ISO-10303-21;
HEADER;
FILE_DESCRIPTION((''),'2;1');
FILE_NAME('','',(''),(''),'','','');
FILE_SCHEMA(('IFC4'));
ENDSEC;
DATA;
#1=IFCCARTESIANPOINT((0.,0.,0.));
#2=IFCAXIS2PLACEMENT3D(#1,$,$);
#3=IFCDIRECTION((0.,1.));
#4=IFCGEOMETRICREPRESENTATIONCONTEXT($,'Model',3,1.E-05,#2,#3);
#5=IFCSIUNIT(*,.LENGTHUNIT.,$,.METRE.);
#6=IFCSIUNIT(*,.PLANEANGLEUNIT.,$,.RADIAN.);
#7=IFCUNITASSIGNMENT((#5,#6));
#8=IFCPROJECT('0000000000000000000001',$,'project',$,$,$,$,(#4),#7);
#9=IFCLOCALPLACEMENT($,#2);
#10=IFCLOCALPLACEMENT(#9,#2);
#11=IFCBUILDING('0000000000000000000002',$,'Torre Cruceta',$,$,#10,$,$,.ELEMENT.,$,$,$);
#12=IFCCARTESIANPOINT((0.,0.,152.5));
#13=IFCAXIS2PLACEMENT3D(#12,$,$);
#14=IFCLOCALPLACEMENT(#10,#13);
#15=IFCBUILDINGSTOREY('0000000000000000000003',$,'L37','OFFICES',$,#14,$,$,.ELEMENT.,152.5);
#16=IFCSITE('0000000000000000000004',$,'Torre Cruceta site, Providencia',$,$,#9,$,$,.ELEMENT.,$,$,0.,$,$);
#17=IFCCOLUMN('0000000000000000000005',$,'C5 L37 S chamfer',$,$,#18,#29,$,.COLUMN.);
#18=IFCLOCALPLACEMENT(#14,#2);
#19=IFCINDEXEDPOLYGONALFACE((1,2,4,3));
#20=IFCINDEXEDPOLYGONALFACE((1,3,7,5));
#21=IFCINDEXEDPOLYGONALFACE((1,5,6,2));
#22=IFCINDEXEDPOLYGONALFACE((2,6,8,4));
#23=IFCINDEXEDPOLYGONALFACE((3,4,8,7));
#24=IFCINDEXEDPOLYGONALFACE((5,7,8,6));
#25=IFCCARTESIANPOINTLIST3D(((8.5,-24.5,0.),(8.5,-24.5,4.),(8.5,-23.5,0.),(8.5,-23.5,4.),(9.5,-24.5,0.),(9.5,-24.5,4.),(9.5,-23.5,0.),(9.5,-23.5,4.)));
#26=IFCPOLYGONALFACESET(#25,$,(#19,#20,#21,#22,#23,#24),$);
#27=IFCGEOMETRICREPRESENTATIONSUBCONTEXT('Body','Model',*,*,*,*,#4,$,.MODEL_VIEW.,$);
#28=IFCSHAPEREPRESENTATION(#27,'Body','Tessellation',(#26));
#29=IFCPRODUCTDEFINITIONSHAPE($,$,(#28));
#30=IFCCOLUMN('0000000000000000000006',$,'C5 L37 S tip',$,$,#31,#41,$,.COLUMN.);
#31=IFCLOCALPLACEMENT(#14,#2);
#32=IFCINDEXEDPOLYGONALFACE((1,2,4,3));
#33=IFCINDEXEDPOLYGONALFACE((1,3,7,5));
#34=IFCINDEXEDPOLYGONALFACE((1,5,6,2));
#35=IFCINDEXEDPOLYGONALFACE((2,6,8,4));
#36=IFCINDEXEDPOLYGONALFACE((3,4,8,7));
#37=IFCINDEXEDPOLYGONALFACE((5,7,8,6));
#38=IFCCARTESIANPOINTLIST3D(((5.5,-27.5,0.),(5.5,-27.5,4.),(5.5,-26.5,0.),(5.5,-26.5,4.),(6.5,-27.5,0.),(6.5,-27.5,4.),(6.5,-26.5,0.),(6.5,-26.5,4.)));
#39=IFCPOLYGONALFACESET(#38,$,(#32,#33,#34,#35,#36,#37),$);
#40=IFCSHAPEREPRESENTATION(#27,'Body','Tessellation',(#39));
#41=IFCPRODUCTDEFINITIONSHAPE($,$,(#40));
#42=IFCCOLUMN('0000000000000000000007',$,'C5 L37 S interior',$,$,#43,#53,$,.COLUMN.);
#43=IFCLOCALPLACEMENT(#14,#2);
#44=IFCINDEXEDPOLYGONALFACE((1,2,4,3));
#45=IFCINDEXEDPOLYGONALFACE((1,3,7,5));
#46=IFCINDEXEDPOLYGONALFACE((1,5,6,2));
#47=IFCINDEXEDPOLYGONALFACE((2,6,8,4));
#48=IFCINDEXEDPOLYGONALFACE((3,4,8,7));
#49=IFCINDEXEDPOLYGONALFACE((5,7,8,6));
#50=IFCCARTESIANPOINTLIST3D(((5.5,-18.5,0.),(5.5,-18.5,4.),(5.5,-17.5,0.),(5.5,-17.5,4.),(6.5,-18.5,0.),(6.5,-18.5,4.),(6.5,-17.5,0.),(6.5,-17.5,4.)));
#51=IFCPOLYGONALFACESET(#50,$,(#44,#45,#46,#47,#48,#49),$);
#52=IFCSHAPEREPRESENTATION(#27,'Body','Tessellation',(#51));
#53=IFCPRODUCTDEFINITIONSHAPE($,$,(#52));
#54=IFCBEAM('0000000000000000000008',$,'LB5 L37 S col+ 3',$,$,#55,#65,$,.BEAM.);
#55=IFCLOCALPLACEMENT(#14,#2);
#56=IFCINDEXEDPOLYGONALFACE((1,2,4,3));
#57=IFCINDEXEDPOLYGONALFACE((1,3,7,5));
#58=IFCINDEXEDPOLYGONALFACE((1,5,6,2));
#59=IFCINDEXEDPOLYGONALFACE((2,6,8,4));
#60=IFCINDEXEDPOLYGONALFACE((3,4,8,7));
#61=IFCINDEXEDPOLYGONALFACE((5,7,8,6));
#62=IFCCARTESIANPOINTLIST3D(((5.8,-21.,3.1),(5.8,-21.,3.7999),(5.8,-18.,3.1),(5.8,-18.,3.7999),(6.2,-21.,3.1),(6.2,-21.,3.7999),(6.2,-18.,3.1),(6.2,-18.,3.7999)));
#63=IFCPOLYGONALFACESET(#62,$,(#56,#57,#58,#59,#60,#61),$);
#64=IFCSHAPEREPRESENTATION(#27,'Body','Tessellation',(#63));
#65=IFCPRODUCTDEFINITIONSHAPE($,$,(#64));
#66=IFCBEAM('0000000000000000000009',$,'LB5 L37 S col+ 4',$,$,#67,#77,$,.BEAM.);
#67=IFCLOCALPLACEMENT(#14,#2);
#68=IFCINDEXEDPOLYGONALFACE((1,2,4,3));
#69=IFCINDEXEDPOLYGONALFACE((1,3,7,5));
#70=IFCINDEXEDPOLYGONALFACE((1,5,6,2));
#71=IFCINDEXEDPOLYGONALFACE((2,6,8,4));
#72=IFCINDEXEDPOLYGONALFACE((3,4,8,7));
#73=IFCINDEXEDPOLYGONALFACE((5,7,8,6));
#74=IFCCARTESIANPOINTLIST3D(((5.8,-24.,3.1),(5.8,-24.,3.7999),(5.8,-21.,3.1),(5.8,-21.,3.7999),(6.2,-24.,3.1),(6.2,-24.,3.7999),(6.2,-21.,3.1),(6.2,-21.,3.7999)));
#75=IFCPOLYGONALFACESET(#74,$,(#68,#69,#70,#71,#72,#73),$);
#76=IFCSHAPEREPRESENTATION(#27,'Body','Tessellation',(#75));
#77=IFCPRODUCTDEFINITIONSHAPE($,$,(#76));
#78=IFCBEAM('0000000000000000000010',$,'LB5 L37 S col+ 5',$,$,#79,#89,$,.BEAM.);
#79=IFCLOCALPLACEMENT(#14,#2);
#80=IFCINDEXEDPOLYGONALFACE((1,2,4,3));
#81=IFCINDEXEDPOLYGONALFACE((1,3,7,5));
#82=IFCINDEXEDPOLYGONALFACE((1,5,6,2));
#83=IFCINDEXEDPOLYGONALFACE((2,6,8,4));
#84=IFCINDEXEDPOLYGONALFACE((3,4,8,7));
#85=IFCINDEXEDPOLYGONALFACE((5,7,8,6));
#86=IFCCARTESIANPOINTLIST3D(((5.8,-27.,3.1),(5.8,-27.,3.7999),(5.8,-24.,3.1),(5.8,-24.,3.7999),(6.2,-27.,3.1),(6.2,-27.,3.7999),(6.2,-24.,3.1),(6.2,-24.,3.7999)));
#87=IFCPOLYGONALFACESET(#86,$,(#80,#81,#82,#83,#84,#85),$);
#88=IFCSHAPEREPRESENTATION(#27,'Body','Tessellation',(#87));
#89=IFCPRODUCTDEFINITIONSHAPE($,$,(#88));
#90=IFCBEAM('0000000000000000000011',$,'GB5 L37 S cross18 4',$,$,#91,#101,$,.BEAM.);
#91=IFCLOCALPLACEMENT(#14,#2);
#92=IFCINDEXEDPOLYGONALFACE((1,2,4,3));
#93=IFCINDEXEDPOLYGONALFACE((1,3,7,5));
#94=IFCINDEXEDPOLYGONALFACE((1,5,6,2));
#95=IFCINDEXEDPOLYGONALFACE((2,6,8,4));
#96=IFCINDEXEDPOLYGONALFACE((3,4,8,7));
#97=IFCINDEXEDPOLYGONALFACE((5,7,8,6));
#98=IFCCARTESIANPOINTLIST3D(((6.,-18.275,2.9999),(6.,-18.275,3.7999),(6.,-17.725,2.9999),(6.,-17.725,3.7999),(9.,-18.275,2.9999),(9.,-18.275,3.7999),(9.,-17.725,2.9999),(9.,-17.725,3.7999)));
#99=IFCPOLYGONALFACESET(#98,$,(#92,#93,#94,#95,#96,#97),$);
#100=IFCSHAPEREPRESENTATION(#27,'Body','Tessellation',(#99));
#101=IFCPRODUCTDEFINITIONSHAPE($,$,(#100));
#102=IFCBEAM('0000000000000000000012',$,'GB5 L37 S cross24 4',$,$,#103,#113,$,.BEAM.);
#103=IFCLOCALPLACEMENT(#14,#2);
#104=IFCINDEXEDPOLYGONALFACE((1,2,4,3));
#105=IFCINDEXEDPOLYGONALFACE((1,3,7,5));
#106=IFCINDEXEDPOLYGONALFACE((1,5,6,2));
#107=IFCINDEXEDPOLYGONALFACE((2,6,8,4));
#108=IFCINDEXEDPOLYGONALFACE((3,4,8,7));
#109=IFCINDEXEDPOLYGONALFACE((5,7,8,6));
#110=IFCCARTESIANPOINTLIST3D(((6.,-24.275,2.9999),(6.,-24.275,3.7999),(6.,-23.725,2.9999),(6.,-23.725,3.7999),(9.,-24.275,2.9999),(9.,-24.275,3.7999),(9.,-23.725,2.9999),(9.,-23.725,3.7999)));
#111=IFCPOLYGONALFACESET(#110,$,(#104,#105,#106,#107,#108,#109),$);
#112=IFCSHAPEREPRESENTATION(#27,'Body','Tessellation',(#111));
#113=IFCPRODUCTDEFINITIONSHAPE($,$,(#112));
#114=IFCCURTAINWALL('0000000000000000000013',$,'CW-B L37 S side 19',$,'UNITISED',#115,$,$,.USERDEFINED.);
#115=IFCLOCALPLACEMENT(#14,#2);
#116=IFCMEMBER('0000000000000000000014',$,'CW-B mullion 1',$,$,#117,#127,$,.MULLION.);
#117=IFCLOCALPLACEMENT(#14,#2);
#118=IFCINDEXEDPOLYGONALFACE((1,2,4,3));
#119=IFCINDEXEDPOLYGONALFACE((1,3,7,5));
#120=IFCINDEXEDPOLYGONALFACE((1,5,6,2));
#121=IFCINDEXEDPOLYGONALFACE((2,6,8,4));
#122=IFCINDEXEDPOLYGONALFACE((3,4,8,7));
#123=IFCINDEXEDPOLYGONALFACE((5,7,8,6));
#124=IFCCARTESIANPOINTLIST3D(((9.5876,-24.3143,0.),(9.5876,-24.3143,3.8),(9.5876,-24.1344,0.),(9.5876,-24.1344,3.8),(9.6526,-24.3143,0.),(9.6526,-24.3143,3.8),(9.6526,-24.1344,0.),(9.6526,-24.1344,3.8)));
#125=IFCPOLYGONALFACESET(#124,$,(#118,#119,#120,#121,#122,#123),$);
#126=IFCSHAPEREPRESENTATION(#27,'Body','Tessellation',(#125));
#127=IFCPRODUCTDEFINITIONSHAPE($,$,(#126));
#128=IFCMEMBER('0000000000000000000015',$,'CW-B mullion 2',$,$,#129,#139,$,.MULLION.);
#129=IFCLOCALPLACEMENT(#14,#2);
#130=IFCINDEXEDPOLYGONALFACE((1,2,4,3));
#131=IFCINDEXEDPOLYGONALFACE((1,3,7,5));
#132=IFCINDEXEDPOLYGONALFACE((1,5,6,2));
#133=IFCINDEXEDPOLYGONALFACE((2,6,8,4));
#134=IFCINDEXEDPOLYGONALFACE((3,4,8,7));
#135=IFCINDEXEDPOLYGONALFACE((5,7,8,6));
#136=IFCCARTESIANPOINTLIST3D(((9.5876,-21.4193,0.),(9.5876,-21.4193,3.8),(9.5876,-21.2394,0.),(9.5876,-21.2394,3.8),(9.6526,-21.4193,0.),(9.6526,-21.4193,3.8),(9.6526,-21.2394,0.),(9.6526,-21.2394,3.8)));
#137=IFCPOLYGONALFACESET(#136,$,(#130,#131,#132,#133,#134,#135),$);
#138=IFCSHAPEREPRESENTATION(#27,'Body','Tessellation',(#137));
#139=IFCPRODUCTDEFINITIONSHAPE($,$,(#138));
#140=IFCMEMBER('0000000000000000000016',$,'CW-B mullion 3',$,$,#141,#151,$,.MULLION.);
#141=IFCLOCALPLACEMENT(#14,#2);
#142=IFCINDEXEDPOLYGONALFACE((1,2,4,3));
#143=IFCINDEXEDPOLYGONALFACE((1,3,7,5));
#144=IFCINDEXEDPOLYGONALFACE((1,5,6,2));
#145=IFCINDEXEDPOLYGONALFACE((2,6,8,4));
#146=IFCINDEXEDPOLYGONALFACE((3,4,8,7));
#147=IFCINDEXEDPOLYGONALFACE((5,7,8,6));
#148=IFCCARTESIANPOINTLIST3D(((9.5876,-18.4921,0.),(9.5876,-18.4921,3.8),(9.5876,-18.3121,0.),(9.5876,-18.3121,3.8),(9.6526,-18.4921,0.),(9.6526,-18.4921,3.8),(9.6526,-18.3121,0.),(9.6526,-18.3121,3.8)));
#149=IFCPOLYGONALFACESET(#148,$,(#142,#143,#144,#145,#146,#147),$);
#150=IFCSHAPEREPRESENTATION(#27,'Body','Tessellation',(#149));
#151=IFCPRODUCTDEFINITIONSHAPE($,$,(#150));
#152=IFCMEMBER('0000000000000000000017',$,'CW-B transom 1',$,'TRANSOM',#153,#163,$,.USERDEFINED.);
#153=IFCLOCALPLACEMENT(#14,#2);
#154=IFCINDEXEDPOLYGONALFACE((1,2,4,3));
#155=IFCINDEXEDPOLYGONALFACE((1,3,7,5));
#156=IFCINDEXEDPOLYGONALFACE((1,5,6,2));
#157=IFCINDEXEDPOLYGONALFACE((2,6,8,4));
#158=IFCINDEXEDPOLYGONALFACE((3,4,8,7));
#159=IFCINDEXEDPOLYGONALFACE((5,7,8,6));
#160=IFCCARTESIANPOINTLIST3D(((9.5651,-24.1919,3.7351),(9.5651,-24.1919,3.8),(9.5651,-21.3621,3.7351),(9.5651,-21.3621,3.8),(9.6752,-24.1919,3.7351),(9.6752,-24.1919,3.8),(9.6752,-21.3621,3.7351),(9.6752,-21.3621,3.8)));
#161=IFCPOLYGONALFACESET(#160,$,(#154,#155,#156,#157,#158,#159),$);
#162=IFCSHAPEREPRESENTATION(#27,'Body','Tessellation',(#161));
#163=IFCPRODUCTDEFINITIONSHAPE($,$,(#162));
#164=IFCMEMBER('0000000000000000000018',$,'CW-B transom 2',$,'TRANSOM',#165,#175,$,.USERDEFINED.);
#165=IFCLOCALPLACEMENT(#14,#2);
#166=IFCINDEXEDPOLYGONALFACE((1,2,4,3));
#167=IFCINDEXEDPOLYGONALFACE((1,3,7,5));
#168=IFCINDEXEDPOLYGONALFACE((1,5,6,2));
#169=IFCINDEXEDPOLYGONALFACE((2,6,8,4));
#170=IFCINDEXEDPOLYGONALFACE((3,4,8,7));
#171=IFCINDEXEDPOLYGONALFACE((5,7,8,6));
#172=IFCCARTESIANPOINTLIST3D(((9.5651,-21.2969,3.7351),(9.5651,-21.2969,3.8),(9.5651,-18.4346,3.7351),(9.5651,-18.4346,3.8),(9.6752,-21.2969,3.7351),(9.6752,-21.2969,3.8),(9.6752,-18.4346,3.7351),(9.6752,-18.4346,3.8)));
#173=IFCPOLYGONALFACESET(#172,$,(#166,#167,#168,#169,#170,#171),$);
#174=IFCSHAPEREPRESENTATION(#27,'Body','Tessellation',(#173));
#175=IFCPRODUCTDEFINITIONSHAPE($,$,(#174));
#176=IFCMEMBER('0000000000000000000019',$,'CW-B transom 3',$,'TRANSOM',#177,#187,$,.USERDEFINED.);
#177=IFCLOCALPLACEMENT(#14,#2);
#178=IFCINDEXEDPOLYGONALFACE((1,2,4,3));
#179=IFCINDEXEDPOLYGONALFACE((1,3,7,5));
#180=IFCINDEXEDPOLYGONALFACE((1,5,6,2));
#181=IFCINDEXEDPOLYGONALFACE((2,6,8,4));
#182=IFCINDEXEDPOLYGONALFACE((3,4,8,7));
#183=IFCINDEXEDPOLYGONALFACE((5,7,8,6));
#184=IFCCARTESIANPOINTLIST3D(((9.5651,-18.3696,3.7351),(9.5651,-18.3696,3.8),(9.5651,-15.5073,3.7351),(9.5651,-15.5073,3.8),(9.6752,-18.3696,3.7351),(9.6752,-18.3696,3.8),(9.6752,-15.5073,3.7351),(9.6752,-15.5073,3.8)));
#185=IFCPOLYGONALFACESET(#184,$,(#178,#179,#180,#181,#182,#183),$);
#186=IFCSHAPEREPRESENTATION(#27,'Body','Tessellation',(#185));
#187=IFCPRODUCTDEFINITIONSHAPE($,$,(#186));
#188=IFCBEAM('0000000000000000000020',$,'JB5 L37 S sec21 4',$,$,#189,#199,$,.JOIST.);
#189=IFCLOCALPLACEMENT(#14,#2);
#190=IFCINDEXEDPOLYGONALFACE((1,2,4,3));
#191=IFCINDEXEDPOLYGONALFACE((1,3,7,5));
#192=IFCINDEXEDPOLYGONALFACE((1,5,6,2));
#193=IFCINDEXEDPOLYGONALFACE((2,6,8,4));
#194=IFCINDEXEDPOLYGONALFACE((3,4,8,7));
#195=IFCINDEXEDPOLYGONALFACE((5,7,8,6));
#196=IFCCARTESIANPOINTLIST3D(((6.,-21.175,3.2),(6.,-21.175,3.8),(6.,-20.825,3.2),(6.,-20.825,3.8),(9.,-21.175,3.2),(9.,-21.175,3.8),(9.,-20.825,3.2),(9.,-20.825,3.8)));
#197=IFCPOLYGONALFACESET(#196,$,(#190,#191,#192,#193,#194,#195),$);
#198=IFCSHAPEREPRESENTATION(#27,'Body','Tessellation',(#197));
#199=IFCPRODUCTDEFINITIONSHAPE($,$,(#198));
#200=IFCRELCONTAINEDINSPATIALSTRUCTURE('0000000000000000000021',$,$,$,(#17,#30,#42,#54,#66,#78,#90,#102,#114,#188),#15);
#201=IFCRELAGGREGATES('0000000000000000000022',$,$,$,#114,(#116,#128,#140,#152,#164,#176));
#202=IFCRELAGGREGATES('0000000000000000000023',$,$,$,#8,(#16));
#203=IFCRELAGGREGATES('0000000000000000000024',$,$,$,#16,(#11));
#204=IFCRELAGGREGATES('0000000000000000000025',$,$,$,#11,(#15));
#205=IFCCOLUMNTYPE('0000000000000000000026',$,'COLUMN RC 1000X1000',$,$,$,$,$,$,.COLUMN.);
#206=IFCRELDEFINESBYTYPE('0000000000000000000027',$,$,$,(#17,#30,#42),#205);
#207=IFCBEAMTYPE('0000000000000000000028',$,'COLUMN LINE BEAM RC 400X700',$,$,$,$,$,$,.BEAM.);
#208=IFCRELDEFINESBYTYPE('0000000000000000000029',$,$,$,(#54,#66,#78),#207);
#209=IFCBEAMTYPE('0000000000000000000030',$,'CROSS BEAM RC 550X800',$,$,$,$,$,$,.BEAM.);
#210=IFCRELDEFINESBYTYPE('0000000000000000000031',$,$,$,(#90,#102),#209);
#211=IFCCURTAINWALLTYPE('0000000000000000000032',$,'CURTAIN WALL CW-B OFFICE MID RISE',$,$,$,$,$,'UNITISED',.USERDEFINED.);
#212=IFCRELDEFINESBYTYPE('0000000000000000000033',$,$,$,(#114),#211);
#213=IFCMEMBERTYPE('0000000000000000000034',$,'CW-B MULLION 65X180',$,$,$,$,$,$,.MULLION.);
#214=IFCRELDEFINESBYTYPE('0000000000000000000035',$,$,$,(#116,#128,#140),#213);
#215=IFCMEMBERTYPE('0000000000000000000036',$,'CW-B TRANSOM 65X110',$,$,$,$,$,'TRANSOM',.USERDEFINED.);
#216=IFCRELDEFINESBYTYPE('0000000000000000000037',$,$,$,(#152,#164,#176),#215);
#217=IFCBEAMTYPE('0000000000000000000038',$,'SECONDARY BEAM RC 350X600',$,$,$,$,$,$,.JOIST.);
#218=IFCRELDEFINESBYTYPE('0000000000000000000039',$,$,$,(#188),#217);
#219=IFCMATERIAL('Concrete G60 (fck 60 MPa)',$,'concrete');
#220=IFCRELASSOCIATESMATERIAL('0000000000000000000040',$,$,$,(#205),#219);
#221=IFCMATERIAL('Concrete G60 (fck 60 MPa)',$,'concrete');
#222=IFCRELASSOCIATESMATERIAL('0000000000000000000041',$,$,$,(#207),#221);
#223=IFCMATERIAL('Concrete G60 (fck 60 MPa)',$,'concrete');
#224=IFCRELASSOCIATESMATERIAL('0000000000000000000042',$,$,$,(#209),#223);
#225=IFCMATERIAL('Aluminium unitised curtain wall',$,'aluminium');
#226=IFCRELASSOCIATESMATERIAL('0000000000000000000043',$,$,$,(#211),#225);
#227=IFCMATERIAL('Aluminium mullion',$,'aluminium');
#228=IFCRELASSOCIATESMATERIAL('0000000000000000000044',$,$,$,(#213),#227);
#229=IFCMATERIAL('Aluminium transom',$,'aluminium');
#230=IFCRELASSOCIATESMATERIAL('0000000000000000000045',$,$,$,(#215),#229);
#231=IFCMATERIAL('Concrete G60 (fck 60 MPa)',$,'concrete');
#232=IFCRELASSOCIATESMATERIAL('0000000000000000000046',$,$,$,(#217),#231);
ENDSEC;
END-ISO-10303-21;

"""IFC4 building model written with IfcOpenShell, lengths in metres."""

from ifc_helpers import new_model, si_unit, direction, frame, origin, origin_2d, place, context, subcontext, project, spatial, rectangle, extrude, material, material_profile, profile_set, type_object, element, aggregate, save


model = new_model("IFC4")

# Units and contexts
model_context = context("Model", 3, precision=1e-05, world=origin(), true_north=direction((0.0, 1.0)))
body_context = subcontext(model_context, "Body", "Model", "MODEL_VIEW")
ifc_project = project(units=[si_unit("LENGTHUNIT", "METRE"), si_unit("PLANEANGLEUNIT", "RADIAN")], contexts=[model_context])

# Site, building, storey
site_placement = place(None, origin())
site = spatial("IfcSite", under=ifc_project, at=site_placement, Name="Torre Cruceta site, Providencia", CompositionType="ELEMENT", RefElevation=0.0)
building_placement = place(site_placement, origin())
building = spatial("IfcBuilding", under=site, at=building_placement, Name="Torre Cruceta", CompositionType="ELEMENT")
storey_placement = place(building_placement, frame((0.0, 0.0, 152.5)))
storey = spatial("IfcBuildingStorey", under=building, at=storey_placement, Name="L37", Description="OFFICES", CompositionType="ELEMENT", Elevation=152.5)

# Columns
ifc_material_1 = material(Name="Concrete G60 (fck 60 MPa)", Category="concrete")
ifc_material_profile_1 = material_profile(ifc_material_1, rectangle(XDim=1.0, YDim=1.0, at=origin_2d()), Name="RC 1000X1000")
ifc_profile_set_1 = profile_set([ifc_material_profile_1], Name="Concrete G60 (fck 60 MPa)")
column_type = type_object("IfcColumnType", Name="COLUMN RC 1000X1000", PredefinedType="COLUMN", material=ifc_profile_set_1)
for number, where, z_axis, x_axis, name in (
    (1, (9.0, -24.0, 0.0), (0.0, 0.0, 1.0), (1.0, 0.0, 0.0), "C5 L37 S chamfer"),
    (2, (6.0, -27.0, 0.0), (0.0, 0.0, 1.0), (1.0, 0.0, 0.0), "C5 L37 S tip"),
    (3, (6.0, -18.0, 0.0), (0.0, 0.0, 1.0), (1.0, 0.0, 0.0), "C5 L37 S interior"),
):
    element("IfcColumn", number, at=place(storey_placement, frame(where, z_axis=z_axis, x_axis=x_axis)), inside=storey, type_object=column_type, Name=name, PredefinedType="COLUMN", context=body_context, shape_type="SweptSolid", body=[
        extrude(rectangle(XDim=1.0, YDim=1.0, at=origin_2d()), origin(), (0.0, 0.0, 1.0), 4.0),
    ])

# Beams
ifc_material_2 = material(Name="Concrete G60 (fck 60 MPa)", Category="concrete")
ifc_material_profile_2 = material_profile(ifc_material_2, rectangle(XDim=0.3999, YDim=0.7, at=origin_2d()), Name="RC 400X700")
ifc_profile_set_2 = profile_set([ifc_material_profile_2], Name="Concrete G60 (fck 60 MPa)")
beam_type_1 = type_object("IfcBeamType", Name="COLUMN LINE BEAM RC 400X700", PredefinedType="BEAM", material=ifc_profile_set_2)
for number, where, z_axis, x_axis, name in (
    (4, (6.0, -18.0, 3.45), (0.0, -1.0, 0.0), (1.0, 0.0, 0.0), "LB5 L37 S col+ 3"),
    (5, (6.0, -21.0, 3.45), (0.0, -1.0, 0.0), (1.0, 0.0, 0.0), "LB5 L37 S col+ 4"),
    (6, (6.0, -24.0, 3.45), (0.0, -1.0, 0.0), (1.0, 0.0, 0.0), "LB5 L37 S col+ 5"),
):
    element("IfcBeam", number, at=place(storey_placement, frame(where, z_axis=z_axis, x_axis=x_axis)), inside=storey, type_object=beam_type_1, Name=name, PredefinedType="BEAM", context=body_context, shape_type="SweptSolid", body=[
        extrude(rectangle(XDim=0.3999, YDim=0.7, at=origin_2d()), origin(), (0.0, 0.0, 1.0), 3.0),
    ])
ifc_material_3 = material(Name="Concrete G60 (fck 60 MPa)", Category="concrete")
ifc_material_profile_3 = material_profile(ifc_material_3, rectangle(XDim=0.55, YDim=0.8, at=origin_2d()), Name="RC 550X800")
ifc_profile_set_3 = profile_set([ifc_material_profile_3], Name="Concrete G60 (fck 60 MPa)")
beam_type_2 = type_object("IfcBeamType", Name="CROSS BEAM RC 550X800", PredefinedType="BEAM", material=ifc_profile_set_3)
for number, where, z_axis, x_axis, name in (
    (7, (6.0, -18.0, 3.3999), (1.0, 0.0, 0.0), (0.0, 1.0, 0.0), "GB5 L37 S cross18 4"),
    (8, (6.0, -24.0, 3.3999), (1.0, 0.0, 0.0), (0.0, 1.0, 0.0), "GB5 L37 S cross24 4"),
):
    element("IfcBeam", number, at=place(storey_placement, frame(where, z_axis=z_axis, x_axis=x_axis)), inside=storey, type_object=beam_type_2, Name=name, PredefinedType="BEAM", context=body_context, shape_type="SweptSolid", body=[
        extrude(rectangle(XDim=0.55, YDim=0.8, at=origin_2d()), origin(), (0.0, 0.0, 1.0), 3.0),
    ])

# Curtain wall, members
ifc_material_4 = material(Name="Aluminium unitised curtain wall", Category="aluminium")
curtain_wall_type = type_object("IfcCurtainWallType", Name="CURTAIN WALL CW-B OFFICE MID RISE", ElementType="UNITISED", PredefinedType="USERDEFINED", material=ifc_material_4)
curtain_wall_placement = place(storey_placement, origin())
curtain_wall = element("IfcCurtainWall", 9, at=curtain_wall_placement, inside=storey, type_object=curtain_wall_type, Name="CW-B L37 S side 19", ObjectType="UNITISED", PredefinedType="USERDEFINED")
ifc_material_5 = material(Name="Aluminium mullion", Category="aluminium")
ifc_material_profile_4 = material_profile(ifc_material_5, rectangle(XDim=0.0649, YDim=0.1799, at=origin_2d()), Name="AL 65X180")
ifc_profile_set_4 = profile_set([ifc_material_profile_4], Name="Aluminium mullion")
member_type_1 = type_object("IfcMemberType", Name="CW-B MULLION 65X180", PredefinedType="MULLION", material=ifc_profile_set_4)
member_1_placement = place(storey_placement, frame((9.6201, -24.2244, 0.0), z_axis=(0.0, 0.0, 1.0), x_axis=(-1.0, 0.0, 0.0)))
member_1 = element("IfcMember", 10, at=member_1_placement, type_object=member_type_1, Name="CW-B mullion 1", PredefinedType="MULLION", context=body_context, shape_type="SweptSolid", body=[
    extrude(rectangle(XDim=0.0649, YDim=0.1799, at=origin_2d()), origin(), (0.0, 0.0, 1.0), 3.8),
])
member_2_placement = place(storey_placement, frame((9.6201, -21.3293, 0.0), z_axis=(0.0, 0.0, 1.0), x_axis=(-1.0, 0.0, 0.0)))
member_2 = element("IfcMember", 11, at=member_2_placement, type_object=member_type_1, Name="CW-B mullion 2", PredefinedType="MULLION", context=body_context, shape_type="SweptSolid", body=[
    extrude(rectangle(XDim=0.0649, YDim=0.1799, at=origin_2d()), origin(), (0.0, 0.0, 1.0), 3.8),
])
member_3_placement = place(storey_placement, frame((9.6201, -18.4021, 0.0), z_axis=(0.0, 0.0, 1.0), x_axis=(-1.0, 0.0, 0.0)))
member_3 = element("IfcMember", 12, at=member_3_placement, type_object=member_type_1, Name="CW-B mullion 3", PredefinedType="MULLION", context=body_context, shape_type="SweptSolid", body=[
    extrude(rectangle(XDim=0.0649, YDim=0.1799, at=origin_2d()), origin(), (0.0, 0.0, 1.0), 3.8),
])
ifc_material_6 = material(Name="Aluminium transom", Category="aluminium")
ifc_material_profile_5 = material_profile(ifc_material_6, rectangle(XDim=0.1101, YDim=0.0649, at=origin_2d()), Name="AL 110X65")
ifc_profile_set_5 = profile_set([ifc_material_profile_5], Name="Aluminium transom")
member_type_2 = type_object("IfcMemberType", Name="CW-B TRANSOM 65X110", ElementType="TRANSOM", PredefinedType="USERDEFINED", material=ifc_profile_set_5)
member_4_placement = place(storey_placement, frame((9.6201, -24.1919, 3.7676), z_axis=(0.0, 1.0, 0.0), x_axis=(-1.0, 0.0, 0.0)))
member_4 = element("IfcMember", 13, at=member_4_placement, type_object=member_type_2, Name="CW-B transom 1", ObjectType="TRANSOM", PredefinedType="USERDEFINED", context=body_context, shape_type="SweptSolid", body=[
    extrude(rectangle(XDim=0.1101, YDim=0.0649, at=origin_2d()), origin(), (0.0, 0.0, 1.0), 2.8298),
])
member_5_placement = place(storey_placement, frame((9.6201, -21.2969, 3.7676), z_axis=(0.0, 1.0, 0.0), x_axis=(-1.0, 0.0, 0.0)))
member_5 = element("IfcMember", 14, at=member_5_placement, type_object=member_type_2, Name="CW-B transom 2", ObjectType="TRANSOM", PredefinedType="USERDEFINED", context=body_context, shape_type="SweptSolid", body=[
    extrude(rectangle(XDim=0.1101, YDim=0.0649, at=origin_2d()), origin(), (0.0, 0.0, 1.0), 2.8623),
])
member_6_placement = place(storey_placement, frame((9.6201, -18.3696, 3.7676), z_axis=(0.0, 1.0, 0.0), x_axis=(-1.0, 0.0, 0.0)))
member_6 = element("IfcMember", 15, at=member_6_placement, type_object=member_type_2, Name="CW-B transom 3", ObjectType="TRANSOM", PredefinedType="USERDEFINED", context=body_context, shape_type="SweptSolid", body=[
    extrude(rectangle(XDim=0.1101, YDim=0.0649, at=origin_2d()), origin(), (0.0, 0.0, 1.0), 2.8623),
])

# Beam
ifc_material_7 = material(Name="Concrete G60 (fck 60 MPa)", Category="concrete")
ifc_material_profile_6 = material_profile(ifc_material_7, rectangle(XDim=0.3501, YDim=0.6001, at=origin_2d()), Name="RC 350X600")
ifc_profile_set_6 = profile_set([ifc_material_profile_6], Name="Concrete G60 (fck 60 MPa)")
beam_type_3 = type_object("IfcBeamType", Name="SECONDARY BEAM RC 350X600", PredefinedType="JOIST", material=ifc_profile_set_6)
beam_1_placement = place(storey_placement, frame((6.0, -21.0, 3.5), z_axis=(1.0, 0.0, 0.0), x_axis=(0.0, 1.0, 0.0)))
element("IfcBeam", 16, at=beam_1_placement, inside=storey, type_object=beam_type_3, Name="JB5 L37 S sec21 4", PredefinedType="JOIST", context=body_context, shape_type="SweptSolid", body=[
    extrude(rectangle(XDim=0.3501, YDim=0.6001, at=origin_2d()), origin(), (0.0, 0.0, 1.0), 3.0),
])

aggregate(curtain_wall, [member_1, member_2, member_3, member_4, member_5, member_6])

save(model, "model.ifc")
